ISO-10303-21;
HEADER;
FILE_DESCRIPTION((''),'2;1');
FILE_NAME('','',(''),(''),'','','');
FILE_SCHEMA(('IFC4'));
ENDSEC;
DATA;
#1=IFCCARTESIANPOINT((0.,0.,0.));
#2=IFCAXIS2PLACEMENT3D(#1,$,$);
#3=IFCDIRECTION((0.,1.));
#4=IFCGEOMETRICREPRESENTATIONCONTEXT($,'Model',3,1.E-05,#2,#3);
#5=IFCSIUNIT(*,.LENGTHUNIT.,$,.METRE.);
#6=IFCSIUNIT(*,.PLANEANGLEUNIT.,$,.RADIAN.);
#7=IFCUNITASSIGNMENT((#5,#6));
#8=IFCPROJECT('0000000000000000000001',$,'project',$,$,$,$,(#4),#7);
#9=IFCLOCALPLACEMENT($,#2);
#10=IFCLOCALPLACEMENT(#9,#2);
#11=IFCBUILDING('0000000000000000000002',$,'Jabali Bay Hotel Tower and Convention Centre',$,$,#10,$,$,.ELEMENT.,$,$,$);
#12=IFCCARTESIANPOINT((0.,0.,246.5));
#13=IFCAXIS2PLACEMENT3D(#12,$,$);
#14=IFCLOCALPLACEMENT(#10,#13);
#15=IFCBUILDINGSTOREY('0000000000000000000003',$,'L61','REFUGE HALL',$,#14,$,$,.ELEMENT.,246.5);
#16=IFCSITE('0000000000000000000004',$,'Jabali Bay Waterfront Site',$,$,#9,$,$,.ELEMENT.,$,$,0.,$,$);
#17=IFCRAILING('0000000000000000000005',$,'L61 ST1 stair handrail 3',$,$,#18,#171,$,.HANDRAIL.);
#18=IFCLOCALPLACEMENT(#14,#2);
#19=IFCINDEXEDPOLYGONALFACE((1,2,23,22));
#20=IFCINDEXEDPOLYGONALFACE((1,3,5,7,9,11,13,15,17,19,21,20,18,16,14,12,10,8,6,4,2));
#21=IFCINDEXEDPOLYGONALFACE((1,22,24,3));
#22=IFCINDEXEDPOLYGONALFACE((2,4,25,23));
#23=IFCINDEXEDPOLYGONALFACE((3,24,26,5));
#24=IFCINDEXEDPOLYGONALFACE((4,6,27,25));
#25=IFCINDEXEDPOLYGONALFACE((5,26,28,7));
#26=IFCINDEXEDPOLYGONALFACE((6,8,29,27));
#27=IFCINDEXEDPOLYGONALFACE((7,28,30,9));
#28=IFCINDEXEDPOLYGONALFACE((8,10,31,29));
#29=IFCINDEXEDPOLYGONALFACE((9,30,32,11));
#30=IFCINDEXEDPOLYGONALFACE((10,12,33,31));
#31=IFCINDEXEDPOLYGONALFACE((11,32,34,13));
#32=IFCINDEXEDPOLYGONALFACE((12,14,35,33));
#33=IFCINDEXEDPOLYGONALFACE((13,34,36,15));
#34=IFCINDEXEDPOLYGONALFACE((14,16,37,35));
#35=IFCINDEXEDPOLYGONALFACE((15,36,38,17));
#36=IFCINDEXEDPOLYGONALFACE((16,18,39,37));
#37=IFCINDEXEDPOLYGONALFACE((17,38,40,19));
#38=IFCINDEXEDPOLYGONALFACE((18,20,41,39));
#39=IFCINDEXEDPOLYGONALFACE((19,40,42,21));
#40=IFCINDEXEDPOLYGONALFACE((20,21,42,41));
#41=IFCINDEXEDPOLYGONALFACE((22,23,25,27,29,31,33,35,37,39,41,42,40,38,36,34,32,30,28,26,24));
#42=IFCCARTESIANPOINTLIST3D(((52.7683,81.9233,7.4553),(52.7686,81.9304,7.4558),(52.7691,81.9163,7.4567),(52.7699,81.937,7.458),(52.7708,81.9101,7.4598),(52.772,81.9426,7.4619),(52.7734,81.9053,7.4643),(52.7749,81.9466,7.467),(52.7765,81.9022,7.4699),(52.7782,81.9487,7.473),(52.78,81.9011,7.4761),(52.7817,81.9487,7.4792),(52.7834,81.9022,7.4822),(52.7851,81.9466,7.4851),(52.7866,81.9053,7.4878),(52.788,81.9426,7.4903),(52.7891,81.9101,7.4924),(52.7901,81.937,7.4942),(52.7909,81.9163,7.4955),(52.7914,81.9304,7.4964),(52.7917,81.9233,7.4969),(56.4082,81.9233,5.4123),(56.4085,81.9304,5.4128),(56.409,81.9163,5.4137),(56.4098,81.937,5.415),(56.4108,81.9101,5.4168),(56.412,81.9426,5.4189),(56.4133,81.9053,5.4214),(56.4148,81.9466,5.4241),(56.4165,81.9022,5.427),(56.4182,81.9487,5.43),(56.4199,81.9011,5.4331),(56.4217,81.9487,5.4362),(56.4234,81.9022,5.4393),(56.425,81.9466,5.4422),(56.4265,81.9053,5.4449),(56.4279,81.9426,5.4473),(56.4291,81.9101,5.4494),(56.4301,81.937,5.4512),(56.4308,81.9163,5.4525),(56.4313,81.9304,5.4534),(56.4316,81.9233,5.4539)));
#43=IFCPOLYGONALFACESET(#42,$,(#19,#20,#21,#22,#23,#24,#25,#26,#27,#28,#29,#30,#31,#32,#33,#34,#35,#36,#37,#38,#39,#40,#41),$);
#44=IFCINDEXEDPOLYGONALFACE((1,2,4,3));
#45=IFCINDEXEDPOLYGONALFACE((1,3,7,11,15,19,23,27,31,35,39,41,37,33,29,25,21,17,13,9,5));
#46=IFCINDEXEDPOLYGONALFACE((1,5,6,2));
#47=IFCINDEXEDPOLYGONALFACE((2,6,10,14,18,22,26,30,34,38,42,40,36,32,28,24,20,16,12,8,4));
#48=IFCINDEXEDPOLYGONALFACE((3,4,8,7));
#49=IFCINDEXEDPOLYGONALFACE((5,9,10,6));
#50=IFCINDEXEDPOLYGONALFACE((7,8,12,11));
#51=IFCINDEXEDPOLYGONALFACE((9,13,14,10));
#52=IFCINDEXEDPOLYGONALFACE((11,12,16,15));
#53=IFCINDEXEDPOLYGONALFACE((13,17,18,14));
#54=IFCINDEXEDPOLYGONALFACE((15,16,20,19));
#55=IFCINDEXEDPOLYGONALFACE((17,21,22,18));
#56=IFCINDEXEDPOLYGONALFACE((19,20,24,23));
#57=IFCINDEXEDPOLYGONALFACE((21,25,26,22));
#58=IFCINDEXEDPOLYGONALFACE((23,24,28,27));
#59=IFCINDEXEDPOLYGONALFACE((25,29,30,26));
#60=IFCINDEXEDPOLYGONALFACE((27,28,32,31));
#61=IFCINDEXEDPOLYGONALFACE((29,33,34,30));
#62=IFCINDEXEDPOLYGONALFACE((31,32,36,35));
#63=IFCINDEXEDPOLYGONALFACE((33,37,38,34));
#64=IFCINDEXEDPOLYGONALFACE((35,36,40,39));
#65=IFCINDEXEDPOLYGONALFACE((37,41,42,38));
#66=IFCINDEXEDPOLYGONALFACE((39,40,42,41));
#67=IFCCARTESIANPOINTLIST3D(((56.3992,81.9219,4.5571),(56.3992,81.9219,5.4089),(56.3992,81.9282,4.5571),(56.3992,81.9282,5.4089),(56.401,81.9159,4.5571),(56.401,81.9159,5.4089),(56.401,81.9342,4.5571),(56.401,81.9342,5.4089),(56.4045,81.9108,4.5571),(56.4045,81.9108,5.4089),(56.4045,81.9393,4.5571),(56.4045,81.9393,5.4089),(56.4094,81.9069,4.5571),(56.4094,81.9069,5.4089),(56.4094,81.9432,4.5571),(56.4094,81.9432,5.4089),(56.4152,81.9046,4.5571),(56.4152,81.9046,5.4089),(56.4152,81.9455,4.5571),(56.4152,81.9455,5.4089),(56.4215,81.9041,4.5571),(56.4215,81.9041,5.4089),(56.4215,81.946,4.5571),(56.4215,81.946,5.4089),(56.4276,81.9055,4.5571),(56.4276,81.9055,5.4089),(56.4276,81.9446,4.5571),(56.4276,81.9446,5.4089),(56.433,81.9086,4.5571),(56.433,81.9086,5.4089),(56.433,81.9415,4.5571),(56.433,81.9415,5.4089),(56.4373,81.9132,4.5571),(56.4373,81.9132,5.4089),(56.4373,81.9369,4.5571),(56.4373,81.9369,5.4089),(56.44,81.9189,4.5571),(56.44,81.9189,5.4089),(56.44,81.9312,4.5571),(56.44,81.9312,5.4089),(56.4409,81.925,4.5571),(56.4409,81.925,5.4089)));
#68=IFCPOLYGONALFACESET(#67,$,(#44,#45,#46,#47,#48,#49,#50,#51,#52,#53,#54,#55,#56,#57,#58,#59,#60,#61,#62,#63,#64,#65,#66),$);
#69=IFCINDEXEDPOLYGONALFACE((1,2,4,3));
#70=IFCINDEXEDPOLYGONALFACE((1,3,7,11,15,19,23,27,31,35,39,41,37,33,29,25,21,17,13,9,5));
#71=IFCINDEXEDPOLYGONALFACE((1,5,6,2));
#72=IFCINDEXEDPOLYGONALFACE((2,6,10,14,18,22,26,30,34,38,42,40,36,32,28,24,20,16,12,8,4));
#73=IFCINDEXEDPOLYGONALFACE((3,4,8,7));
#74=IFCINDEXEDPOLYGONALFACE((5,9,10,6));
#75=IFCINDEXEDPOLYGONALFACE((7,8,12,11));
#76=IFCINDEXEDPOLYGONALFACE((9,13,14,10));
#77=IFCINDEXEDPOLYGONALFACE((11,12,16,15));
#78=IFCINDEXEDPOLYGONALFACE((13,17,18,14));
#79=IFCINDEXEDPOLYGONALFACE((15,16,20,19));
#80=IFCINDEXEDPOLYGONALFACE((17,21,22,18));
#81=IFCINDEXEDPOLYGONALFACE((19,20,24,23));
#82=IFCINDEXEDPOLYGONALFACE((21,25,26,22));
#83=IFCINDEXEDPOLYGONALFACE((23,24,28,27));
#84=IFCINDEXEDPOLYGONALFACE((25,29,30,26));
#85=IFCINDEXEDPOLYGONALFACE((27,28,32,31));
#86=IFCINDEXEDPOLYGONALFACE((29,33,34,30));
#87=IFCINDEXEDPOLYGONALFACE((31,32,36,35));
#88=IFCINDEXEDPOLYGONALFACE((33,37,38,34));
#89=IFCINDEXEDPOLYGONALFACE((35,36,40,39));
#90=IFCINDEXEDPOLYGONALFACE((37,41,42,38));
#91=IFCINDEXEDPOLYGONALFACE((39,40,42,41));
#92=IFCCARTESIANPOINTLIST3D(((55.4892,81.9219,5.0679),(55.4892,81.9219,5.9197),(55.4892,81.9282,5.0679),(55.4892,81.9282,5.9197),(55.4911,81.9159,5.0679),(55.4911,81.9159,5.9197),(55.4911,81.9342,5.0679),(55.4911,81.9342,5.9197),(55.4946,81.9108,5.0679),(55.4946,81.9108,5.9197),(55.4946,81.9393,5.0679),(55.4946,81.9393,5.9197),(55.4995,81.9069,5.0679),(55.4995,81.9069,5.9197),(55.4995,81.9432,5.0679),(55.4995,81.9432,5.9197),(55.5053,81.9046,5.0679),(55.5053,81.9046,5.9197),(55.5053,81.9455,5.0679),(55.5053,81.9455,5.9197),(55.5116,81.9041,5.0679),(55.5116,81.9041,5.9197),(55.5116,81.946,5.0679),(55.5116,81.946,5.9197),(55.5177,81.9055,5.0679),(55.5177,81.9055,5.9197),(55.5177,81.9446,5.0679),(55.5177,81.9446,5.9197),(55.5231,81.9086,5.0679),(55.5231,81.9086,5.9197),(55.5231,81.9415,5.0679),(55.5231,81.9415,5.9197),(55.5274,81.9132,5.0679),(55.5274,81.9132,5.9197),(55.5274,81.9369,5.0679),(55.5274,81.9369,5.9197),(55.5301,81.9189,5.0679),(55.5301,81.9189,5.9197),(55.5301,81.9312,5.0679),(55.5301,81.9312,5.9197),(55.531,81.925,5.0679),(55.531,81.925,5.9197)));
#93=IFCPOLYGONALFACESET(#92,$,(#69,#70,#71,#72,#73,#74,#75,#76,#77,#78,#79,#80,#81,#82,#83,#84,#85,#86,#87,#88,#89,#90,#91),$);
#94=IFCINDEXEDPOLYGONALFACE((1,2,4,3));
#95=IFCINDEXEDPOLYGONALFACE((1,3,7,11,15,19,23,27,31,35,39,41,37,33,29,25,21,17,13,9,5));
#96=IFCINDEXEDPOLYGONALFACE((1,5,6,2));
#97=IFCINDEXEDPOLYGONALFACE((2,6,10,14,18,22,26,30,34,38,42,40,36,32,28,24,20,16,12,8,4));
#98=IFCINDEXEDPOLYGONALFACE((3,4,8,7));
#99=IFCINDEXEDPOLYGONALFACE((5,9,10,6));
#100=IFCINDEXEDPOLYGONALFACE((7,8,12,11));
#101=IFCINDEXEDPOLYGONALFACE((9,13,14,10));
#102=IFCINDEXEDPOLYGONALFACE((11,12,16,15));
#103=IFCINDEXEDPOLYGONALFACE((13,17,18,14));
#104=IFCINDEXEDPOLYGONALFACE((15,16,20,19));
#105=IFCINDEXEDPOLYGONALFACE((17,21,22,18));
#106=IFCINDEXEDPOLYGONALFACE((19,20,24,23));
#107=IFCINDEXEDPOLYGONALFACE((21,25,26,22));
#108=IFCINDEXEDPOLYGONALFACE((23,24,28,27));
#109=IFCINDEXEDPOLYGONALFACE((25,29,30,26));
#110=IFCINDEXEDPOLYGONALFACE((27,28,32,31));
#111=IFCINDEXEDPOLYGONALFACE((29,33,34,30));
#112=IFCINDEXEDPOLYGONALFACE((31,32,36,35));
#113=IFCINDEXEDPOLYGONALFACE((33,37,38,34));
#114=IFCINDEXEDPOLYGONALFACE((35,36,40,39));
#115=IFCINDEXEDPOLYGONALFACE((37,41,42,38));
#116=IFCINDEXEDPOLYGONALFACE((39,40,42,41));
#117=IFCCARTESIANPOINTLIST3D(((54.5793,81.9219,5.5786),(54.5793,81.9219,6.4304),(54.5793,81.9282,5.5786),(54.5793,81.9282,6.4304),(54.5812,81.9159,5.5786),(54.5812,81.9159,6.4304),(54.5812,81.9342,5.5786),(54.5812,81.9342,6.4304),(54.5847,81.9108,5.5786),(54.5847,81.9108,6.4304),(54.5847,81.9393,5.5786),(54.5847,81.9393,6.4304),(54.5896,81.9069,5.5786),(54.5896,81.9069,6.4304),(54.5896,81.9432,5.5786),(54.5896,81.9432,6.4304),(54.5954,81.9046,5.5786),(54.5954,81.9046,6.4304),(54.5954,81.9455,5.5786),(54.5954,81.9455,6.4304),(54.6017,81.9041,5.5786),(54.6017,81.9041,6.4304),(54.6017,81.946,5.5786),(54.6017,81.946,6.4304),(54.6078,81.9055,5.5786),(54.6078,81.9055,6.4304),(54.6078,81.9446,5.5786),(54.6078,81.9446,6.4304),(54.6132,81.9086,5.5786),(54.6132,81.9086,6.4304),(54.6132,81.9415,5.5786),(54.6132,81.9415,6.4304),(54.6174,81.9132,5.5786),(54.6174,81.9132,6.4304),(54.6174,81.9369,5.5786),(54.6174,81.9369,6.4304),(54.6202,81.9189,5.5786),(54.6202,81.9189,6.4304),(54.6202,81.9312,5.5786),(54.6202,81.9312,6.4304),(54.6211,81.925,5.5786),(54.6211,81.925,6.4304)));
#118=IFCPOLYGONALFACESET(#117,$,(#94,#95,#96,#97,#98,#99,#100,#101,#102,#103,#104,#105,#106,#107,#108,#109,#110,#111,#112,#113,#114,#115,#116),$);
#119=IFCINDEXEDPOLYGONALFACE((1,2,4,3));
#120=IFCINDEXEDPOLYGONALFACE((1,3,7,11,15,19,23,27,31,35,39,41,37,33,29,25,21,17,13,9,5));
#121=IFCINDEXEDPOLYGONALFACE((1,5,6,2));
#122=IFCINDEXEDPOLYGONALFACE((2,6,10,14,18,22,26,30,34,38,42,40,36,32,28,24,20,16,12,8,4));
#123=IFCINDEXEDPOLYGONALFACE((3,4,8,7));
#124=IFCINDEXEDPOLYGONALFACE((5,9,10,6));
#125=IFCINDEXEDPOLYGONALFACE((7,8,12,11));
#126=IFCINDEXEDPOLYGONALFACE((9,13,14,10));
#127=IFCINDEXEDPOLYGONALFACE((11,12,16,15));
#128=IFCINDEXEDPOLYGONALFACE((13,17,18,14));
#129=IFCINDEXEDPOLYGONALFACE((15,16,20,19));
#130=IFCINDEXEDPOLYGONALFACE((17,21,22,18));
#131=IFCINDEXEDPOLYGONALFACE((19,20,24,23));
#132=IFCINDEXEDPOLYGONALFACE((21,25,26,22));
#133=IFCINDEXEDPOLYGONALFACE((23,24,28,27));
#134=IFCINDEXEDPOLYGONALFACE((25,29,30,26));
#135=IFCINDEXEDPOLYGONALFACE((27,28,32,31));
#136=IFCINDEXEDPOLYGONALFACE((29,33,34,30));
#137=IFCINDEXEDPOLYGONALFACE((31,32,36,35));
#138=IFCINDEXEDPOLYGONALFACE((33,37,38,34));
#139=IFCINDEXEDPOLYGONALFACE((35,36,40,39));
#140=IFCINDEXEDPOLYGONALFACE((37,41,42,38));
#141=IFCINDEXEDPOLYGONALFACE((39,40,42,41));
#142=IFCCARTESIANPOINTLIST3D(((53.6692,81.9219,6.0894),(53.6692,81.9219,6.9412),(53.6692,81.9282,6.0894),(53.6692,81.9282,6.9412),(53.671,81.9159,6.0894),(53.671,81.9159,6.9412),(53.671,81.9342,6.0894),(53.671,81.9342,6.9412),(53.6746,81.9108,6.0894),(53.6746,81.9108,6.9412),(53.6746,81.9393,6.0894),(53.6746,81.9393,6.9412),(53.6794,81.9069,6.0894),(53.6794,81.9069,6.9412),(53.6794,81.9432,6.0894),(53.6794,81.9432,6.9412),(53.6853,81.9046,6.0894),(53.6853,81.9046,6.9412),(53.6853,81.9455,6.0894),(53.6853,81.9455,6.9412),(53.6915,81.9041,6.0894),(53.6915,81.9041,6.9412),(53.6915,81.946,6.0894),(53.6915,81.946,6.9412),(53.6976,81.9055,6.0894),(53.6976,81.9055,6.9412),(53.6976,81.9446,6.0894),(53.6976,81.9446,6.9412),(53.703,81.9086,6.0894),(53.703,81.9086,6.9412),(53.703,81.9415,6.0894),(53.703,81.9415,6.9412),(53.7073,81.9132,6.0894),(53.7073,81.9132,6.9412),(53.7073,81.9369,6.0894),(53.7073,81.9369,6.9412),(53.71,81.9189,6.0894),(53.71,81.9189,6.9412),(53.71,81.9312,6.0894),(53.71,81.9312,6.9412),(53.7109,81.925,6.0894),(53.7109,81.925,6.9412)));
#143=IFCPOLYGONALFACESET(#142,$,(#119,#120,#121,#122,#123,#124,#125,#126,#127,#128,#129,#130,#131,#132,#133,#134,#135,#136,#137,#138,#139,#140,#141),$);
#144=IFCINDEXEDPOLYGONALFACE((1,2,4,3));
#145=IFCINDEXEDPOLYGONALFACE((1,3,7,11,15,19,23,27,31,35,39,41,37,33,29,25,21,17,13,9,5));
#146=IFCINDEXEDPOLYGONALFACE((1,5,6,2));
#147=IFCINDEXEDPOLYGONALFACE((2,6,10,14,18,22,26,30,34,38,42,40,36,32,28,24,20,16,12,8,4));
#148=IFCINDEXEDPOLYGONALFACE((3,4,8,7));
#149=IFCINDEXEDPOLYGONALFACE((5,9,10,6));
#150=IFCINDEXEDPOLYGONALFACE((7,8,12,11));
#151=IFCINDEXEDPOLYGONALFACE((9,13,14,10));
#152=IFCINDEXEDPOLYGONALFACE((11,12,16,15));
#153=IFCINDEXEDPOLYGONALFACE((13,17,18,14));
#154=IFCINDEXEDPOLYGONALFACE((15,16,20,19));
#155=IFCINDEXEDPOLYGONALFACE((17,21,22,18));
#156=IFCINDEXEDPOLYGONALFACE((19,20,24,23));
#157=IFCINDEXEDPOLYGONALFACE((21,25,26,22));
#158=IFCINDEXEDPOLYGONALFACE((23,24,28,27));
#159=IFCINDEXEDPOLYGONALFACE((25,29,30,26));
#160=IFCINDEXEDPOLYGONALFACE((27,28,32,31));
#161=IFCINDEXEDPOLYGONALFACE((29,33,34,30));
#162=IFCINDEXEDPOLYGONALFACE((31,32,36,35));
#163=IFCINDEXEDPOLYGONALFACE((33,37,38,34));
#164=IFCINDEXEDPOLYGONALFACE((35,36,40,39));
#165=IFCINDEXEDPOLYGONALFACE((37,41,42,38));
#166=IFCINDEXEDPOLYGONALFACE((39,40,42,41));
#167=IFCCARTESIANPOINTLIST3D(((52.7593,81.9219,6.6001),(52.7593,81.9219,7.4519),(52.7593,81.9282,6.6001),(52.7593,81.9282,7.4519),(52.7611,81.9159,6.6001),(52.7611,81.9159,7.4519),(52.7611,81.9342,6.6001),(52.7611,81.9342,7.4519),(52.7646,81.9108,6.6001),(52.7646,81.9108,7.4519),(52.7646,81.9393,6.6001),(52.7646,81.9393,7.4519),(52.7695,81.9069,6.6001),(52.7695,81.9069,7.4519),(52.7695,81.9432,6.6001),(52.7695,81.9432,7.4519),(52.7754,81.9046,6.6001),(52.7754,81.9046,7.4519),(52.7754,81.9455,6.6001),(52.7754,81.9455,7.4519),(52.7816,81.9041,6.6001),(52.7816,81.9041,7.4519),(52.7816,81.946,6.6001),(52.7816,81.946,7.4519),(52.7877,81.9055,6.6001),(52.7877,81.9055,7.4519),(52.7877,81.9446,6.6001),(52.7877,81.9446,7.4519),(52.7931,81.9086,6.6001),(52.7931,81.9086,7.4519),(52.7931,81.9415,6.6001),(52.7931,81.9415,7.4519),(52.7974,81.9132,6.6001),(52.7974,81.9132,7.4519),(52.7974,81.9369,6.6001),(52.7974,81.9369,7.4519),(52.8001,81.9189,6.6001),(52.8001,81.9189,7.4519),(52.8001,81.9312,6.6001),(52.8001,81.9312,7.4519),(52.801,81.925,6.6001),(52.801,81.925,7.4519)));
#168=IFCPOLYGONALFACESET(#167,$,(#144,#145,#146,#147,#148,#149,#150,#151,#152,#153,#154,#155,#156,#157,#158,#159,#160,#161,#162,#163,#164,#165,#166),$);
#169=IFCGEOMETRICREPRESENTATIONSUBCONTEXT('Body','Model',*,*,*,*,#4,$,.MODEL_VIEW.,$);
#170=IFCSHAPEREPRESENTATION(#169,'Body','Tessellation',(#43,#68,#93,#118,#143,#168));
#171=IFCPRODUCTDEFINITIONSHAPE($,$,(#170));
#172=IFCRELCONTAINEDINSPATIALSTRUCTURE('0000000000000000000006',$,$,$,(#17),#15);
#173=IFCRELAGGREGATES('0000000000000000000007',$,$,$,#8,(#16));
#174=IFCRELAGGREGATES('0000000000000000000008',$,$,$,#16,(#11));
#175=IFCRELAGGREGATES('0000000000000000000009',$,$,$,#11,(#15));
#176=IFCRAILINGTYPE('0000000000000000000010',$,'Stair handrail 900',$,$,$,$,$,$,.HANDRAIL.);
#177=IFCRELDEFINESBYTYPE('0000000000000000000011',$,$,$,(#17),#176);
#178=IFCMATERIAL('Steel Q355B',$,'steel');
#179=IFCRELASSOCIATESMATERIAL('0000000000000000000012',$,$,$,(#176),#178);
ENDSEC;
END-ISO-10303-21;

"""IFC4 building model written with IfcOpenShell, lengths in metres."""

from ifc_helpers import new_model, si_unit, direction, frame, origin, origin_2d, place, context, subcontext, project, spatial, circle, extrude, material, type_object, element, save


model = new_model("IFC4")

# Units and contexts
model_context = context("Model", 3, precision=1e-05, world=origin(), true_north=direction((0.0, 1.0)))
body_context = subcontext(model_context, "Body", "Model", "MODEL_VIEW")
ifc_project = project(units=[si_unit("LENGTHUNIT", "METRE"), si_unit("PLANEANGLEUNIT", "RADIAN")], contexts=[model_context])

# Site, building, storey
site_placement = place(None, origin())
site = spatial("IfcSite", under=ifc_project, at=site_placement, Name="Jabali Bay Waterfront Site", CompositionType="ELEMENT", RefElevation=0.0)
building_placement = place(site_placement, origin())
building = spatial("IfcBuilding", under=site, at=building_placement, Name="Jabali Bay Hotel Tower and Convention Centre", CompositionType="ELEMENT")
storey_placement = place(building_placement, frame((0.0, 0.0, 246.5)))
storey = spatial("IfcBuildingStorey", under=building, at=storey_placement, Name="L61", Description="REFUGE HALL", CompositionType="ELEMENT", Elevation=246.5)

# Railing
ifc_material_1 = material(Name="Steel Q355B", Category="steel")
railing_type_1 = type_object("IfcRailingType", Name="Stair handrail 900", PredefinedType="HANDRAIL", material=ifc_material_1)
railing_1_placement = place(storey_placement, frame((56.4199, 81.925, 4.5571)))
element("IfcRailing", 1, at=railing_1_placement, inside=storey, type_object=railing_type_1, Name="L61 ST1 stair handrail 3", PredefinedType="HANDRAIL", context=body_context, shape_type="SweptSolid", body=[
    extrude(circle(Radius=0.0239, at=origin_2d()), frame((0.0, 0.0, 0.876), z_axis=(-0.872033, 0.0, 0.489447), x_axis=(0.0, -1.0, 0.0)), (0.0, 0.0, 1.0), 4.1741),
    extrude(circle(Radius=0.021, at=origin_2d()), origin(), (0.0, 0.0, 1.0), 0.8518),
    extrude(circle(Radius=0.021, at=origin_2d()), frame((-0.9099, 0.0, 0.5107)), (0.0, 0.0, 1.0), 0.8518),
    extrude(circle(Radius=0.021, at=origin_2d()), frame((-1.8198, 0.0, 1.0215)), (0.0, 0.0, 1.0), 0.8518),
    extrude(circle(Radius=0.021, at=origin_2d()), frame((-2.73, 0.0, 1.5322)), (0.0, 0.0, 1.0), 0.8518),
    extrude(circle(Radius=0.021, at=origin_2d()), frame((-3.6399, 0.0, 2.043)), (0.0, 0.0, 1.0), 0.8518),
])

save(model, "model.ifc")
